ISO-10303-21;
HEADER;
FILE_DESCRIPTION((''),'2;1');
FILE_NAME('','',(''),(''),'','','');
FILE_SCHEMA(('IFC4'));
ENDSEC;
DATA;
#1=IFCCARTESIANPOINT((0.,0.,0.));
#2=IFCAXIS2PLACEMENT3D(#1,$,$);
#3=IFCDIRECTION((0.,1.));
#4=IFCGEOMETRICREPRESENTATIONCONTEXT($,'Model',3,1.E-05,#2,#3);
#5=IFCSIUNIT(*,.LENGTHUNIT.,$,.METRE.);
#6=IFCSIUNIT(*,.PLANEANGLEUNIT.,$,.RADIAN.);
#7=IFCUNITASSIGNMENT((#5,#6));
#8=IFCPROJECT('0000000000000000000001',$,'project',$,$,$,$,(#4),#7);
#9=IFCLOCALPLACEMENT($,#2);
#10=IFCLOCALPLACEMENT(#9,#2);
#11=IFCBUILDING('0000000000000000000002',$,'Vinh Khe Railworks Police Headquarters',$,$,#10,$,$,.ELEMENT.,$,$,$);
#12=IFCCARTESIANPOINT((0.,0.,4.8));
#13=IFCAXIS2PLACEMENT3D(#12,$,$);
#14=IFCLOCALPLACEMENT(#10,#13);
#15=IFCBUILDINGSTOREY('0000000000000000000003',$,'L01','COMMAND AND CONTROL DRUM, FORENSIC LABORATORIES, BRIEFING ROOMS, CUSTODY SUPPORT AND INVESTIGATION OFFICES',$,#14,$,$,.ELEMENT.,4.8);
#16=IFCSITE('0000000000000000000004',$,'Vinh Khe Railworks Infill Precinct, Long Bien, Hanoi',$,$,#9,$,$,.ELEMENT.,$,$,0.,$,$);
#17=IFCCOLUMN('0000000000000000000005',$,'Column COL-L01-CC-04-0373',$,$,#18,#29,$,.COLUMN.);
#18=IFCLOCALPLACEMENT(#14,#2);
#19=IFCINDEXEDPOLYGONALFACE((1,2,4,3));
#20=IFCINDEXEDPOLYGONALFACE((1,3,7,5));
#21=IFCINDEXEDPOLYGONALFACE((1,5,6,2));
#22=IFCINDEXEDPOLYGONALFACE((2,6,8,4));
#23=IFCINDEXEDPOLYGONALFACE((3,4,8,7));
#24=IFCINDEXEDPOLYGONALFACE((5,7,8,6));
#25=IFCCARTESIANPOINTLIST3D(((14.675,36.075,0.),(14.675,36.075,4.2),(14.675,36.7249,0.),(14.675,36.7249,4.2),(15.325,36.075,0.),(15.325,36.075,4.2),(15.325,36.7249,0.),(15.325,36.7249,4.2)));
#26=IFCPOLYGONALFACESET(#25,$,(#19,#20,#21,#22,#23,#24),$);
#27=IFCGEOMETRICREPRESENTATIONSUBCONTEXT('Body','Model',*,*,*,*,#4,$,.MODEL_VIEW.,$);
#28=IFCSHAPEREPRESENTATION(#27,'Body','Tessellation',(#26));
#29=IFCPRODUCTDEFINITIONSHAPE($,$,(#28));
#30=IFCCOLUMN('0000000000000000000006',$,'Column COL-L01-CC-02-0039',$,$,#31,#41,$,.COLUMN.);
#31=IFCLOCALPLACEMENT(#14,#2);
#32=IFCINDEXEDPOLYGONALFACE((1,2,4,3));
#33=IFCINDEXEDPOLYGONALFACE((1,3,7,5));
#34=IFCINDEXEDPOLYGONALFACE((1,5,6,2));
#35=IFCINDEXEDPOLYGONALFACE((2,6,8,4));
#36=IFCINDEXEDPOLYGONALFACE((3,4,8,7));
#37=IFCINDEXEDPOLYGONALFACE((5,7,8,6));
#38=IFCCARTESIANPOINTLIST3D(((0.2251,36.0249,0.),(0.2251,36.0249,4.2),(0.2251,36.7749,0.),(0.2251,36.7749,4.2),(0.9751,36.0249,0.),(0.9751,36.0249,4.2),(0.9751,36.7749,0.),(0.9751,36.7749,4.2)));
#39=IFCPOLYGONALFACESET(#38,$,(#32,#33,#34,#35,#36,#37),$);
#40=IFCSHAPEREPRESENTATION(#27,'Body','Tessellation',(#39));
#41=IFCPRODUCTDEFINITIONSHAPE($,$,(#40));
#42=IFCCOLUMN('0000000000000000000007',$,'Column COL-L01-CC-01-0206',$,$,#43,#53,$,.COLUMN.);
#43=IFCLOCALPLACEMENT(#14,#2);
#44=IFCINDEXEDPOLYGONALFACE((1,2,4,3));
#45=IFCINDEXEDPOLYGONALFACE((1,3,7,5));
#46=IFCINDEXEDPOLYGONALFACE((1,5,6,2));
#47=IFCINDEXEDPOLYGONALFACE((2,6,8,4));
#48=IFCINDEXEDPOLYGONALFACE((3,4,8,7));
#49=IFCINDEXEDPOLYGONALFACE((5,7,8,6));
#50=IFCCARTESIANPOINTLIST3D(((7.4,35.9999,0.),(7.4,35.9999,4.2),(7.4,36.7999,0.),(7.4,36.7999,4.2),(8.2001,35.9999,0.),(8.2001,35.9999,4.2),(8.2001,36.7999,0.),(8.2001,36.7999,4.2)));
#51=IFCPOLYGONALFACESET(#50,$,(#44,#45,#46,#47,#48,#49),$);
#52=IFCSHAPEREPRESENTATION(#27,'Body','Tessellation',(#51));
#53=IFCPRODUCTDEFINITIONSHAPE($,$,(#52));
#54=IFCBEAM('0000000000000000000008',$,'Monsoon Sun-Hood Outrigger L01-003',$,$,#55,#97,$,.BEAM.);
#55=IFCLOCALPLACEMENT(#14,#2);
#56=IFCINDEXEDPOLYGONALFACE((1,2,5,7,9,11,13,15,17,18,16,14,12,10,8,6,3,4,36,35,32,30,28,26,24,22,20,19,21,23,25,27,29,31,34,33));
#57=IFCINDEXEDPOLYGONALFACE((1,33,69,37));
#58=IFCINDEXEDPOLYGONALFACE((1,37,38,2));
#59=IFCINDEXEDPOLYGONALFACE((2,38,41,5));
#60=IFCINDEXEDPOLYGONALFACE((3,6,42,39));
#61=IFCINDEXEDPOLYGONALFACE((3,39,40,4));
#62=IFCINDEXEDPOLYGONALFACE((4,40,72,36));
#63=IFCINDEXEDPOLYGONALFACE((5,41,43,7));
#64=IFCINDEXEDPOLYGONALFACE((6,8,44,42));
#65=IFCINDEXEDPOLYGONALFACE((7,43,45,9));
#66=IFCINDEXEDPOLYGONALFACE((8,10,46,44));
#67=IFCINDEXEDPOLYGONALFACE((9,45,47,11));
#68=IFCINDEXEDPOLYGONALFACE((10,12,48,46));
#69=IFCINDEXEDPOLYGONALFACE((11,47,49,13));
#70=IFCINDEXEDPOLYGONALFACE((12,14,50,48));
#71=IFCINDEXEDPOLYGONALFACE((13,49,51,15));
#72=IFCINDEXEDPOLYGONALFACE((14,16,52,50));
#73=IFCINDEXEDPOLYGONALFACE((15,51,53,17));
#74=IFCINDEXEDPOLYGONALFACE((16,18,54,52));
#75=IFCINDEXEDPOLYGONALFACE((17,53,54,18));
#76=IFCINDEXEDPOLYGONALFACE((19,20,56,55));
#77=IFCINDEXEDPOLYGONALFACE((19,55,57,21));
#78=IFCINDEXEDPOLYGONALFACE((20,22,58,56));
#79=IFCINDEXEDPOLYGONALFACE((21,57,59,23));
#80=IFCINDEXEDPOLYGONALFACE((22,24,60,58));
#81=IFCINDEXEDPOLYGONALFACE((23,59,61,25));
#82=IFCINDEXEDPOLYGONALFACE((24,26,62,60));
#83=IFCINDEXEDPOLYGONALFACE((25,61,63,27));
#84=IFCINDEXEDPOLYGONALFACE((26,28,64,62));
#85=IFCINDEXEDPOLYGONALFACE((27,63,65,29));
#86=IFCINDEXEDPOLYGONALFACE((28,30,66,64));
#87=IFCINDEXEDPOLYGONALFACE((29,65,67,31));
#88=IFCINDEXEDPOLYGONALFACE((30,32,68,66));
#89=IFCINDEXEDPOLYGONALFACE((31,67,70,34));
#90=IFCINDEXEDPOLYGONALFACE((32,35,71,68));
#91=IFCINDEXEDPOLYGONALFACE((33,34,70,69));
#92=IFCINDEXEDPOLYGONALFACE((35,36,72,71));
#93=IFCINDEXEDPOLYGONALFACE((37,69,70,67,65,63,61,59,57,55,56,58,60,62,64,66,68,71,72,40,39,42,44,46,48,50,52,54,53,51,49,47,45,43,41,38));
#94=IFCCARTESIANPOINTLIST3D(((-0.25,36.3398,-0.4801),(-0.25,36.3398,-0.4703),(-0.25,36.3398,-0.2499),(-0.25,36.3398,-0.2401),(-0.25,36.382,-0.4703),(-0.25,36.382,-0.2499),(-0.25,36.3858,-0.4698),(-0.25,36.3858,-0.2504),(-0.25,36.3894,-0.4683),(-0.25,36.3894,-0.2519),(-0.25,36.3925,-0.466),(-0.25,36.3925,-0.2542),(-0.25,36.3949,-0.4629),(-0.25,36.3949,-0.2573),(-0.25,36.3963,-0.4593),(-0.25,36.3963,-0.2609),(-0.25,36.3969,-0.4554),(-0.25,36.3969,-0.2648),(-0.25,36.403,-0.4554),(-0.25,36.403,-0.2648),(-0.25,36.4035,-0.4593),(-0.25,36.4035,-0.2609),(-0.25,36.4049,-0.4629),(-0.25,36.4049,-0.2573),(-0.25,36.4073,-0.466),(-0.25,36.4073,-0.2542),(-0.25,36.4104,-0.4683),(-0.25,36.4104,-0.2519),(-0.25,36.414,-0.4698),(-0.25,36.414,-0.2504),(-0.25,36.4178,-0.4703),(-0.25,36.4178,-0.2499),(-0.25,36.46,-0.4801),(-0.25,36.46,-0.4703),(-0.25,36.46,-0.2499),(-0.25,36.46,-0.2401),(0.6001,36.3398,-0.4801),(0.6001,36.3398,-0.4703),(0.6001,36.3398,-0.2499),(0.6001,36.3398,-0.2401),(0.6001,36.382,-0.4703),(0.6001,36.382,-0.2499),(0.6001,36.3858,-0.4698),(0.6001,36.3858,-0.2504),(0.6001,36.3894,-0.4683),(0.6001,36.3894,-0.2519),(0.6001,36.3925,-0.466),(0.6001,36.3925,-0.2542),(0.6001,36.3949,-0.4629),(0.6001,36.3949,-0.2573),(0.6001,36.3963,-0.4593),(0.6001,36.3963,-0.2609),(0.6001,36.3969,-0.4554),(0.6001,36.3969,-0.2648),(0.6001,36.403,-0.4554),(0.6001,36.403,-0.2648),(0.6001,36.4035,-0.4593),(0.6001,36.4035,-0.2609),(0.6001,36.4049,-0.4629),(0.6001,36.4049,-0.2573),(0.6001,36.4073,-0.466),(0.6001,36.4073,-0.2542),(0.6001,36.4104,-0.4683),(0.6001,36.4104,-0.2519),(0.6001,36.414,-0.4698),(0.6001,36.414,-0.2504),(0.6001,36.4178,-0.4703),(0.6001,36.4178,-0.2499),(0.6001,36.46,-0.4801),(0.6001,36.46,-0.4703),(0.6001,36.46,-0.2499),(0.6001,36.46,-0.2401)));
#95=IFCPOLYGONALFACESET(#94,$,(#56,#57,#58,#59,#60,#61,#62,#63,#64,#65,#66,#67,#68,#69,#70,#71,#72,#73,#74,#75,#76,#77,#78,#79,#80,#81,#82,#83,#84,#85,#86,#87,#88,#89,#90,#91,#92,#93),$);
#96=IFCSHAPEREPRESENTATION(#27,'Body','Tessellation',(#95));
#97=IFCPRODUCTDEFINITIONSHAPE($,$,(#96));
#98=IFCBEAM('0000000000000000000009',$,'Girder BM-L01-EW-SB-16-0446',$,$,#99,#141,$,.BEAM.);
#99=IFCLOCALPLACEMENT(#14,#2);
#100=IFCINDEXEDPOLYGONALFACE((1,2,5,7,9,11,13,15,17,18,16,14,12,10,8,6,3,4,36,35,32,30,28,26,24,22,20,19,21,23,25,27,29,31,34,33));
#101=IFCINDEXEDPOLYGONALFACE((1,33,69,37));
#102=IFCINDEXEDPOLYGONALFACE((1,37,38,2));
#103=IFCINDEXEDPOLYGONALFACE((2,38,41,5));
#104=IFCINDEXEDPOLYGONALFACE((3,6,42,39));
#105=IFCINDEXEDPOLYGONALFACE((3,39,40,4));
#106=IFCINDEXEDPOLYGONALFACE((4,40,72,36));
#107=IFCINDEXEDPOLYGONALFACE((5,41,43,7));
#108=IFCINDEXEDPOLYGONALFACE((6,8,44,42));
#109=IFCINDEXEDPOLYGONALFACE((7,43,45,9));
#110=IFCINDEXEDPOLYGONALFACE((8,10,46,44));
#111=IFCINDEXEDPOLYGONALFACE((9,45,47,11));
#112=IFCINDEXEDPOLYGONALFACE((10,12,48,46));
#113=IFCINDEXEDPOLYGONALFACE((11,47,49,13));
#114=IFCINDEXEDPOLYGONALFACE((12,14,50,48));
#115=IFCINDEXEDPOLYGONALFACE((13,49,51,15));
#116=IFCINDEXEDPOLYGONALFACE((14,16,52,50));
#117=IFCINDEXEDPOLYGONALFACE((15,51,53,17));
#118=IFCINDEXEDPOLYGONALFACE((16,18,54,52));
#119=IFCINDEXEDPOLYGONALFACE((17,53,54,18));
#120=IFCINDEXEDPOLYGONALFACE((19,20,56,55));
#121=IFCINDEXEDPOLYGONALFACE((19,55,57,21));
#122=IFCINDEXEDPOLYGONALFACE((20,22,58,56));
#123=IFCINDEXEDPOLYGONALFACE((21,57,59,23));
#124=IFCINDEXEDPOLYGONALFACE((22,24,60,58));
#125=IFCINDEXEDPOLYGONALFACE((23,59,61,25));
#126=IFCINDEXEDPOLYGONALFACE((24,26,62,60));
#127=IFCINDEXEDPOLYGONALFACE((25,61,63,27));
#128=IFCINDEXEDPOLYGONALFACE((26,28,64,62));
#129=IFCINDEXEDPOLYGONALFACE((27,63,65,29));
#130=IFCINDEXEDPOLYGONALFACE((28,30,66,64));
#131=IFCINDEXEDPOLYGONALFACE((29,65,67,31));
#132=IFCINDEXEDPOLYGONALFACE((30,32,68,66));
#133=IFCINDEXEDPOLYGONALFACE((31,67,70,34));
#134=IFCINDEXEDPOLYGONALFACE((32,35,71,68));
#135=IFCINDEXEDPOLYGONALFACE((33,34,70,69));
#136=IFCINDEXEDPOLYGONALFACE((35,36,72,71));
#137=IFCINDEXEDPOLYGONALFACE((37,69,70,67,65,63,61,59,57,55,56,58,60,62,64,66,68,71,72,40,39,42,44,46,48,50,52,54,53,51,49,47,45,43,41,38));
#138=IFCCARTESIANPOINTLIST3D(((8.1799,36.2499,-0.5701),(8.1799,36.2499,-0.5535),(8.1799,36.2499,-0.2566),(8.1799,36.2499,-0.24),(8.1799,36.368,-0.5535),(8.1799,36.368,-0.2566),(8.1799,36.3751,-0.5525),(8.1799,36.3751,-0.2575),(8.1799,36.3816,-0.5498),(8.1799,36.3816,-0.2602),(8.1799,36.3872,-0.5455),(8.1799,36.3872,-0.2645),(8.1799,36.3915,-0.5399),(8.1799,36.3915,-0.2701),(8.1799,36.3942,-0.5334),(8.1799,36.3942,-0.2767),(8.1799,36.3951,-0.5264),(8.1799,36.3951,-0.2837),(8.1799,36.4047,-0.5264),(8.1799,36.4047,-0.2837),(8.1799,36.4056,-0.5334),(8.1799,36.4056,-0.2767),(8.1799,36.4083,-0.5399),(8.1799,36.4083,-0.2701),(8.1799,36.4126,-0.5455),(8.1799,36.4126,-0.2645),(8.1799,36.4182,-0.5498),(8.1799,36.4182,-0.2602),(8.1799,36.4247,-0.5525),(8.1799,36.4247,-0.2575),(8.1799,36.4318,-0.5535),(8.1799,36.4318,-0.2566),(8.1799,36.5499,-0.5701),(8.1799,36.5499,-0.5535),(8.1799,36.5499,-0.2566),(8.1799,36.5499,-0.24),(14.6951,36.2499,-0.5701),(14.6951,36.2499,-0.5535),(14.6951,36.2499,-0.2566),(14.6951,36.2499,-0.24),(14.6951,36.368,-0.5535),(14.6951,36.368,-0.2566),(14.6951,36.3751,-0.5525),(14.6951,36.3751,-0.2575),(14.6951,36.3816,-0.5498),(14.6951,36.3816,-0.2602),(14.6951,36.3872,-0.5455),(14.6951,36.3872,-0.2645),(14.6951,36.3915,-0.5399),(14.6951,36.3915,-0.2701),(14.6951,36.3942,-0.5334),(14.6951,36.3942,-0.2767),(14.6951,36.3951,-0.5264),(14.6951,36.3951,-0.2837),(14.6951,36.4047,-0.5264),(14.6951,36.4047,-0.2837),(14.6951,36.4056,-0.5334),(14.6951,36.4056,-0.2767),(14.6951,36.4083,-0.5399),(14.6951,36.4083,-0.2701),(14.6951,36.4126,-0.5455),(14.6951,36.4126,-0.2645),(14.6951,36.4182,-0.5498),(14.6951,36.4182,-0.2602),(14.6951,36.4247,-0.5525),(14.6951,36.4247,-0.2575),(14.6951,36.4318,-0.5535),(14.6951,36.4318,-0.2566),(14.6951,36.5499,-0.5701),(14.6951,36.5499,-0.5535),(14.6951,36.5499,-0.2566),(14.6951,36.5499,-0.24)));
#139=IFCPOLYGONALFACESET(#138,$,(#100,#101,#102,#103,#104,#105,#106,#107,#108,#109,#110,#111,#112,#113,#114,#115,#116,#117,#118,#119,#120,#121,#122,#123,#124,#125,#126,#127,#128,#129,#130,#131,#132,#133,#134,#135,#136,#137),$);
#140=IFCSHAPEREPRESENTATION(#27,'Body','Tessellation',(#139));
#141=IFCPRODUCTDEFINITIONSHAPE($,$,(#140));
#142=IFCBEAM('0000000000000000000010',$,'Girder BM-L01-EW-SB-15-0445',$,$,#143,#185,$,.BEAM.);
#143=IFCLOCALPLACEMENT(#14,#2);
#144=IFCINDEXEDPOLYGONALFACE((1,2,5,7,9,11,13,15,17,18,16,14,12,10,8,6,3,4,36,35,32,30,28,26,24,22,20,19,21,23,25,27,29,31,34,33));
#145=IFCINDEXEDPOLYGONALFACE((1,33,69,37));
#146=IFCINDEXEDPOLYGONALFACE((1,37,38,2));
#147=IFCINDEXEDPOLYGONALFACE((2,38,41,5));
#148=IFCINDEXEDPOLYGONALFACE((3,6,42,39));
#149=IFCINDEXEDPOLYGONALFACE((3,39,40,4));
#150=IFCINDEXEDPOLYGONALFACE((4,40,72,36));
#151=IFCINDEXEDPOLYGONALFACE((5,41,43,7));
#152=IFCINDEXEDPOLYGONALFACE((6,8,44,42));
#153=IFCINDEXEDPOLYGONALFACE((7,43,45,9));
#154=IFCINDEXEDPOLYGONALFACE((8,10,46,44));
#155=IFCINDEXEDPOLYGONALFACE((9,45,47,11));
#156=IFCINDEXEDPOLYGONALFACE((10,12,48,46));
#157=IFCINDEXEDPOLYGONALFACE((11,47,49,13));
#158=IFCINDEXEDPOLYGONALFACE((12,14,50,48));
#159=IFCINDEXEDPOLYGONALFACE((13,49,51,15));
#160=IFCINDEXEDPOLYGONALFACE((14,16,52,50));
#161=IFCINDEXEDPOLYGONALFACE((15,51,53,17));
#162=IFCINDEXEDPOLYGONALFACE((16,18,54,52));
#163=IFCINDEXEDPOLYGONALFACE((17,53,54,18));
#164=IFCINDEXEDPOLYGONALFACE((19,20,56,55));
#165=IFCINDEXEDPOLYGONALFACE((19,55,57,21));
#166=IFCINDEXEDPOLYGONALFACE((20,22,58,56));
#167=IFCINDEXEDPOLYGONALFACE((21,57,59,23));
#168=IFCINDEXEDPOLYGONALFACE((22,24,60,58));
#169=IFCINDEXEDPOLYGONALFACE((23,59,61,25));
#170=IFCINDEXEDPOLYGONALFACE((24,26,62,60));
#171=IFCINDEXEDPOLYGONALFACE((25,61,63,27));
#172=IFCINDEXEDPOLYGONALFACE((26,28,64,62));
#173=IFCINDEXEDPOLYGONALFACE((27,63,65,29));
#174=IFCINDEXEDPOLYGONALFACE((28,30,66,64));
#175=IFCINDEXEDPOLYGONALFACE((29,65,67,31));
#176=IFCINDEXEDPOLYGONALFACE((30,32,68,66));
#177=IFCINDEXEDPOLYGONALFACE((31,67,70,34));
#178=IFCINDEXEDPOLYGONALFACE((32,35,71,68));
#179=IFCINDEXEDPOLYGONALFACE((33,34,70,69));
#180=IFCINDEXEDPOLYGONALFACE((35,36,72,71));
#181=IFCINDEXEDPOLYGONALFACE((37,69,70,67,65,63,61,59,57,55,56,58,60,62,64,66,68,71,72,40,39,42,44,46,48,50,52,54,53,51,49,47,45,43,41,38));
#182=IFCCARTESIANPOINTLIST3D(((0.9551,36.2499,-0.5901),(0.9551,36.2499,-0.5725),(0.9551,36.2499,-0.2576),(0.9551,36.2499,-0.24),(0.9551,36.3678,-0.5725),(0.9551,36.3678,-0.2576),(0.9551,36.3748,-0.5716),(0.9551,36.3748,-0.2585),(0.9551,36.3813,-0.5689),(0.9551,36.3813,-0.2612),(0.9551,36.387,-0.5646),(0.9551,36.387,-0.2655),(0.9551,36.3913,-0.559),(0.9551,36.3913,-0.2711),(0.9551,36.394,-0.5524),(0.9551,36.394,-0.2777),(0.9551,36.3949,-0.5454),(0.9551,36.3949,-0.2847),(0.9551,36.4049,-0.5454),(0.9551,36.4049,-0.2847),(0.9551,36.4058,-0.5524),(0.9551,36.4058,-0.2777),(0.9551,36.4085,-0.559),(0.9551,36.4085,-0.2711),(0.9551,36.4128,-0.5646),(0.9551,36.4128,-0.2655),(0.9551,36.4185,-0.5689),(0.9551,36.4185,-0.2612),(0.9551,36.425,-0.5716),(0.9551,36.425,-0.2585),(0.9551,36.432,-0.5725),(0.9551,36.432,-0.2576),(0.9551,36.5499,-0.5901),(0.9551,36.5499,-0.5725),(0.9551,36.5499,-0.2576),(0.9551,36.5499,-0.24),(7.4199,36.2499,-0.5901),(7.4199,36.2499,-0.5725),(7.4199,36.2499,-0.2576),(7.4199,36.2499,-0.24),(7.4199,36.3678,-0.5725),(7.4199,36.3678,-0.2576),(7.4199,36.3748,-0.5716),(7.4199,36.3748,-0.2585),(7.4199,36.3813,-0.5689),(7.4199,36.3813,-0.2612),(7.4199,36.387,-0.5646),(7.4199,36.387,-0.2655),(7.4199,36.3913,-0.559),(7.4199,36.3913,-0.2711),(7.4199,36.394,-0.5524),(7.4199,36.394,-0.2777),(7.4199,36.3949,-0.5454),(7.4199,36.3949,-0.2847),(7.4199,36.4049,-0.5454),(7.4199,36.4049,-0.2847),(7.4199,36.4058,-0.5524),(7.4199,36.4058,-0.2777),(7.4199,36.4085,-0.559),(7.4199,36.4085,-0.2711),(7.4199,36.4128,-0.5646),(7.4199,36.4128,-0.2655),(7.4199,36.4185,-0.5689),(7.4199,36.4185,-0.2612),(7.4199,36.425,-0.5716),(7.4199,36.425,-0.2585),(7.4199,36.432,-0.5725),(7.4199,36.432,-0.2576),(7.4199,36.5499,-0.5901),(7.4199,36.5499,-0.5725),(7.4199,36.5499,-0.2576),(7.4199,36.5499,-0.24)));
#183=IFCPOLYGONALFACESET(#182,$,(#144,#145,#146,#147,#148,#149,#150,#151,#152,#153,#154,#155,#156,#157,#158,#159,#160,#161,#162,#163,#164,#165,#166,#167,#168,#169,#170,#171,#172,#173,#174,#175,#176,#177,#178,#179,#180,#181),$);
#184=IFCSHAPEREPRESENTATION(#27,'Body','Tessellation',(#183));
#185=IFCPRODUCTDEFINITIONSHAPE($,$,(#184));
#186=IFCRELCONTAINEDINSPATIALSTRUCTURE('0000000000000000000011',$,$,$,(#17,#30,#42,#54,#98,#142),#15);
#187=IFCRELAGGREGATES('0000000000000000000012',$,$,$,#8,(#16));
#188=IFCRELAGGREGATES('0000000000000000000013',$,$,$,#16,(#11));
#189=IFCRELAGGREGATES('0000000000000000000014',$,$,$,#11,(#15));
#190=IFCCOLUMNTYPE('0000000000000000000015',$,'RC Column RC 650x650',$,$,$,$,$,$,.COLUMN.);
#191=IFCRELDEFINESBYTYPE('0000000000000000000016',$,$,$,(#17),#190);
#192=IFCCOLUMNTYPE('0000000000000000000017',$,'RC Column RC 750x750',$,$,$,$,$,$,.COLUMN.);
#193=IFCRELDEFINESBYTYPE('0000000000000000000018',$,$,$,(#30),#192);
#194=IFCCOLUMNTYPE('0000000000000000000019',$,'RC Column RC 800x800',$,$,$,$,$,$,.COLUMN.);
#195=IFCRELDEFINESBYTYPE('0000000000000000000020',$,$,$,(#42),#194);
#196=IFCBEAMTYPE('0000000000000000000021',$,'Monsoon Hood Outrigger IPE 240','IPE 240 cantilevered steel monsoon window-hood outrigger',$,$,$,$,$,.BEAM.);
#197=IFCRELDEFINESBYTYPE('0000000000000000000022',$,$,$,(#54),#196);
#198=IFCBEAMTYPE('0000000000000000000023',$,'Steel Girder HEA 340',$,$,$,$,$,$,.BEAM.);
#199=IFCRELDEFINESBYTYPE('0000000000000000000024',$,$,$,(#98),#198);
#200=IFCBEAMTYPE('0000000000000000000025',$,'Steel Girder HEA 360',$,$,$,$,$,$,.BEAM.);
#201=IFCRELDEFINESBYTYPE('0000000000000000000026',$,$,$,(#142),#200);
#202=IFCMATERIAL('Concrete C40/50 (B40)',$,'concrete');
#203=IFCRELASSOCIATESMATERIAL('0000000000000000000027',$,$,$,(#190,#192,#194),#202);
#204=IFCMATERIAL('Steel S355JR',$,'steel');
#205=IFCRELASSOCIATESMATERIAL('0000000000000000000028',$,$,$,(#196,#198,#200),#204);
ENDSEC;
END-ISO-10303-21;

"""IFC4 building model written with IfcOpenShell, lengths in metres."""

from ifc_helpers import new_model, si_unit, direction, frame, origin, origin_2d, place, context, subcontext, project, spatial, rectangle, i_section, extrude, material, material_profile, profile_set, type_object, element, save


model = new_model("IFC4")

# Units and contexts
model_context = context("Model", 3, precision=1e-05, world=origin(), true_north=direction((0.0, 1.0)))
body_context = subcontext(model_context, "Body", "Model", "MODEL_VIEW")
ifc_project = project(units=[si_unit("LENGTHUNIT", "METRE"), si_unit("PLANEANGLEUNIT", "RADIAN")], contexts=[model_context])

# Site, building, storey
site_placement = place(None, origin())
site = spatial("IfcSite", under=ifc_project, at=site_placement, Name="Vinh Khe Railworks Infill Precinct, Long Bien, Hanoi", CompositionType="ELEMENT", RefElevation=0.0)
building_placement = place(site_placement, origin())
building = spatial("IfcBuilding", under=site, at=building_placement, Name="Vinh Khe Railworks Police Headquarters", CompositionType="ELEMENT")
storey_placement = place(building_placement, frame((0.0, 0.0, 4.8)))
storey = spatial("IfcBuildingStorey", under=building, at=storey_placement, Name="L01", Description="COMMAND AND CONTROL DRUM, FORENSIC LABORATORIES, BRIEFING ROOMS, CUSTODY SUPPORT AND INVESTIGATION OFFICES", CompositionType="ELEMENT", Elevation=4.8)

# Columns
ifc_material_1 = material(Name="Concrete C40/50 (B40)", Category="concrete")
ifc_material_profile_1 = material_profile(ifc_material_1, rectangle(XDim=0.6499, YDim=0.6499, at=origin_2d()), Name="RC 650x650")
ifc_profile_set_1 = profile_set([ifc_material_profile_1], Name="Concrete C40/50 (B40)")
column_type_1 = type_object("IfcColumnType", Name="RC Column RC 650x650", PredefinedType="COLUMN", material=ifc_profile_set_1)
column_1_placement = place(storey_placement, frame((15.0, 36.3999, 0.0), z_axis=(0.0, 0.0, 1.0), x_axis=(1.0, 0.0, 0.0)))
element("IfcColumn", 1, at=column_1_placement, inside=storey, type_object=column_type_1, Name="Column COL-L01-CC-04-0373", PredefinedType="COLUMN", context=body_context, shape_type="SweptSolid", body=[
    extrude(rectangle(XDim=0.6499, YDim=0.6499, at=origin_2d()), origin(), (0.0, 0.0, 1.0), 4.2),
])
ifc_material_profile_2 = material_profile(ifc_material_1, rectangle(XDim=0.75, YDim=0.75, at=origin_2d()), Name="RC 750x750")
ifc_profile_set_2 = profile_set([ifc_material_profile_2], Name="Concrete C40/50 (B40)")
column_type_2 = type_object("IfcColumnType", Name="RC Column RC 750x750", PredefinedType="COLUMN", material=ifc_profile_set_2)
column_2_placement = place(storey_placement, frame((0.6001, 36.3999, 0.0), z_axis=(0.0, 0.0, 1.0), x_axis=(1.0, 0.0, 0.0)))
element("IfcColumn", 2, at=column_2_placement, inside=storey, type_object=column_type_2, Name="Column COL-L01-CC-02-0039", PredefinedType="COLUMN", context=body_context, shape_type="SweptSolid", body=[
    extrude(rectangle(XDim=0.75, YDim=0.75, at=origin_2d()), origin(), (0.0, 0.0, 1.0), 4.2),
])
ifc_material_profile_3 = material_profile(ifc_material_1, rectangle(XDim=0.8, YDim=0.8, at=origin_2d()), Name="RC 800x800")
ifc_profile_set_3 = profile_set([ifc_material_profile_3], Name="Concrete C40/50 (B40)")
column_type_3 = type_object("IfcColumnType", Name="RC Column RC 800x800", PredefinedType="COLUMN", material=ifc_profile_set_3)
column_3_placement = place(storey_placement, frame((7.8, 36.3999, 0.0), z_axis=(0.0, 0.0, 1.0), x_axis=(1.0, 0.0, 0.0)))
element("IfcColumn", 3, at=column_3_placement, inside=storey, type_object=column_type_3, Name="Column COL-L01-CC-01-0206", PredefinedType="COLUMN", context=body_context, shape_type="SweptSolid", body=[
    extrude(rectangle(XDim=0.8, YDim=0.8, at=origin_2d()), origin(), (0.0, 0.0, 1.0), 4.2),
])

# Beams
ifc_material_2 = material(Name="Steel S355JR", Category="steel")
ifc_material_profile_4 = material_profile(ifc_material_2, i_section(OverallWidth=0.1201, OverallDepth=0.24, WebThickness=0.0061, FlangeThickness=0.0098, FilletRadius=0.0149, at=origin_2d()), Name="IPE 240")
ifc_profile_set_4 = profile_set([ifc_material_profile_4], Name="Steel S355JR")
beam_type_1 = type_object("IfcBeamType", Name="Monsoon Hood Outrigger IPE 240", Description="IPE 240 cantilevered steel monsoon window-hood outrigger", PredefinedType="BEAM", material=ifc_profile_set_4)
beam_1_placement = place(storey_placement, frame((-0.25, 36.3999, -0.3601), z_axis=(1.0, 0.0, 0.0), x_axis=(0.0, 1.0, 0.0)))
element("IfcBeam", 4, at=beam_1_placement, inside=storey, type_object=beam_type_1, Name="Monsoon Sun-Hood Outrigger L01-003", PredefinedType="BEAM", context=body_context, shape_type="SweptSolid", body=[
    extrude(i_section(OverallWidth=0.1201, OverallDepth=0.24, WebThickness=0.0061, FlangeThickness=0.0098, FilletRadius=0.0149, at=origin_2d()), origin(), (0.0, 0.0, 1.0), 0.8501),
])
ifc_material_profile_5 = material_profile(ifc_material_2, i_section(OverallWidth=0.3, OverallDepth=0.3301, WebThickness=0.0095, FlangeThickness=0.0166, FilletRadius=0.0271, at=origin_2d()), Name="HEA 340")
ifc_profile_set_5 = profile_set([ifc_material_profile_5], Name="Steel S355JR")
beam_type_2 = type_object("IfcBeamType", Name="Steel Girder HEA 340", PredefinedType="BEAM", material=ifc_profile_set_5)
beam_2_placement = place(storey_placement, frame((8.1799, 36.3999, -0.405), z_axis=(1.0, 0.0, 0.0), x_axis=(0.0, 1.0, 0.0)))
element("IfcBeam", 5, at=beam_2_placement, inside=storey, type_object=beam_type_2, Name="Girder BM-L01-EW-SB-16-0446", PredefinedType="BEAM", context=body_context, shape_type="SweptSolid", body=[
    extrude(i_section(OverallWidth=0.3, OverallDepth=0.3301, WebThickness=0.0095, FlangeThickness=0.0166, FilletRadius=0.0271, at=origin_2d()), origin(), (0.0, 0.0, 1.0), 6.5151),
])
ifc_material_profile_6 = material_profile(ifc_material_2, i_section(OverallWidth=0.3, OverallDepth=0.3501, WebThickness=0.01, FlangeThickness=0.0176, FilletRadius=0.0271, at=origin_2d()), Name="HEA 360")
ifc_profile_set_6 = profile_set([ifc_material_profile_6], Name="Steel S355JR")
beam_type_3 = type_object("IfcBeamType", Name="Steel Girder HEA 360", PredefinedType="BEAM", material=ifc_profile_set_6)
beam_3_placement = place(storey_placement, frame((0.9551, 36.3999, -0.415), z_axis=(1.0, 0.0, 0.0), x_axis=(0.0, 1.0, 0.0)))
element("IfcBeam", 6, at=beam_3_placement, inside=storey, type_object=beam_type_3, Name="Girder BM-L01-EW-SB-15-0445", PredefinedType="BEAM", context=body_context, shape_type="SweptSolid", body=[
    extrude(i_section(OverallWidth=0.3, OverallDepth=0.3501, WebThickness=0.01, FlangeThickness=0.0176, FilletRadius=0.0271, at=origin_2d()), origin(), (0.0, 0.0, 1.0), 6.4648),
])

save(model, "model.ifc")
